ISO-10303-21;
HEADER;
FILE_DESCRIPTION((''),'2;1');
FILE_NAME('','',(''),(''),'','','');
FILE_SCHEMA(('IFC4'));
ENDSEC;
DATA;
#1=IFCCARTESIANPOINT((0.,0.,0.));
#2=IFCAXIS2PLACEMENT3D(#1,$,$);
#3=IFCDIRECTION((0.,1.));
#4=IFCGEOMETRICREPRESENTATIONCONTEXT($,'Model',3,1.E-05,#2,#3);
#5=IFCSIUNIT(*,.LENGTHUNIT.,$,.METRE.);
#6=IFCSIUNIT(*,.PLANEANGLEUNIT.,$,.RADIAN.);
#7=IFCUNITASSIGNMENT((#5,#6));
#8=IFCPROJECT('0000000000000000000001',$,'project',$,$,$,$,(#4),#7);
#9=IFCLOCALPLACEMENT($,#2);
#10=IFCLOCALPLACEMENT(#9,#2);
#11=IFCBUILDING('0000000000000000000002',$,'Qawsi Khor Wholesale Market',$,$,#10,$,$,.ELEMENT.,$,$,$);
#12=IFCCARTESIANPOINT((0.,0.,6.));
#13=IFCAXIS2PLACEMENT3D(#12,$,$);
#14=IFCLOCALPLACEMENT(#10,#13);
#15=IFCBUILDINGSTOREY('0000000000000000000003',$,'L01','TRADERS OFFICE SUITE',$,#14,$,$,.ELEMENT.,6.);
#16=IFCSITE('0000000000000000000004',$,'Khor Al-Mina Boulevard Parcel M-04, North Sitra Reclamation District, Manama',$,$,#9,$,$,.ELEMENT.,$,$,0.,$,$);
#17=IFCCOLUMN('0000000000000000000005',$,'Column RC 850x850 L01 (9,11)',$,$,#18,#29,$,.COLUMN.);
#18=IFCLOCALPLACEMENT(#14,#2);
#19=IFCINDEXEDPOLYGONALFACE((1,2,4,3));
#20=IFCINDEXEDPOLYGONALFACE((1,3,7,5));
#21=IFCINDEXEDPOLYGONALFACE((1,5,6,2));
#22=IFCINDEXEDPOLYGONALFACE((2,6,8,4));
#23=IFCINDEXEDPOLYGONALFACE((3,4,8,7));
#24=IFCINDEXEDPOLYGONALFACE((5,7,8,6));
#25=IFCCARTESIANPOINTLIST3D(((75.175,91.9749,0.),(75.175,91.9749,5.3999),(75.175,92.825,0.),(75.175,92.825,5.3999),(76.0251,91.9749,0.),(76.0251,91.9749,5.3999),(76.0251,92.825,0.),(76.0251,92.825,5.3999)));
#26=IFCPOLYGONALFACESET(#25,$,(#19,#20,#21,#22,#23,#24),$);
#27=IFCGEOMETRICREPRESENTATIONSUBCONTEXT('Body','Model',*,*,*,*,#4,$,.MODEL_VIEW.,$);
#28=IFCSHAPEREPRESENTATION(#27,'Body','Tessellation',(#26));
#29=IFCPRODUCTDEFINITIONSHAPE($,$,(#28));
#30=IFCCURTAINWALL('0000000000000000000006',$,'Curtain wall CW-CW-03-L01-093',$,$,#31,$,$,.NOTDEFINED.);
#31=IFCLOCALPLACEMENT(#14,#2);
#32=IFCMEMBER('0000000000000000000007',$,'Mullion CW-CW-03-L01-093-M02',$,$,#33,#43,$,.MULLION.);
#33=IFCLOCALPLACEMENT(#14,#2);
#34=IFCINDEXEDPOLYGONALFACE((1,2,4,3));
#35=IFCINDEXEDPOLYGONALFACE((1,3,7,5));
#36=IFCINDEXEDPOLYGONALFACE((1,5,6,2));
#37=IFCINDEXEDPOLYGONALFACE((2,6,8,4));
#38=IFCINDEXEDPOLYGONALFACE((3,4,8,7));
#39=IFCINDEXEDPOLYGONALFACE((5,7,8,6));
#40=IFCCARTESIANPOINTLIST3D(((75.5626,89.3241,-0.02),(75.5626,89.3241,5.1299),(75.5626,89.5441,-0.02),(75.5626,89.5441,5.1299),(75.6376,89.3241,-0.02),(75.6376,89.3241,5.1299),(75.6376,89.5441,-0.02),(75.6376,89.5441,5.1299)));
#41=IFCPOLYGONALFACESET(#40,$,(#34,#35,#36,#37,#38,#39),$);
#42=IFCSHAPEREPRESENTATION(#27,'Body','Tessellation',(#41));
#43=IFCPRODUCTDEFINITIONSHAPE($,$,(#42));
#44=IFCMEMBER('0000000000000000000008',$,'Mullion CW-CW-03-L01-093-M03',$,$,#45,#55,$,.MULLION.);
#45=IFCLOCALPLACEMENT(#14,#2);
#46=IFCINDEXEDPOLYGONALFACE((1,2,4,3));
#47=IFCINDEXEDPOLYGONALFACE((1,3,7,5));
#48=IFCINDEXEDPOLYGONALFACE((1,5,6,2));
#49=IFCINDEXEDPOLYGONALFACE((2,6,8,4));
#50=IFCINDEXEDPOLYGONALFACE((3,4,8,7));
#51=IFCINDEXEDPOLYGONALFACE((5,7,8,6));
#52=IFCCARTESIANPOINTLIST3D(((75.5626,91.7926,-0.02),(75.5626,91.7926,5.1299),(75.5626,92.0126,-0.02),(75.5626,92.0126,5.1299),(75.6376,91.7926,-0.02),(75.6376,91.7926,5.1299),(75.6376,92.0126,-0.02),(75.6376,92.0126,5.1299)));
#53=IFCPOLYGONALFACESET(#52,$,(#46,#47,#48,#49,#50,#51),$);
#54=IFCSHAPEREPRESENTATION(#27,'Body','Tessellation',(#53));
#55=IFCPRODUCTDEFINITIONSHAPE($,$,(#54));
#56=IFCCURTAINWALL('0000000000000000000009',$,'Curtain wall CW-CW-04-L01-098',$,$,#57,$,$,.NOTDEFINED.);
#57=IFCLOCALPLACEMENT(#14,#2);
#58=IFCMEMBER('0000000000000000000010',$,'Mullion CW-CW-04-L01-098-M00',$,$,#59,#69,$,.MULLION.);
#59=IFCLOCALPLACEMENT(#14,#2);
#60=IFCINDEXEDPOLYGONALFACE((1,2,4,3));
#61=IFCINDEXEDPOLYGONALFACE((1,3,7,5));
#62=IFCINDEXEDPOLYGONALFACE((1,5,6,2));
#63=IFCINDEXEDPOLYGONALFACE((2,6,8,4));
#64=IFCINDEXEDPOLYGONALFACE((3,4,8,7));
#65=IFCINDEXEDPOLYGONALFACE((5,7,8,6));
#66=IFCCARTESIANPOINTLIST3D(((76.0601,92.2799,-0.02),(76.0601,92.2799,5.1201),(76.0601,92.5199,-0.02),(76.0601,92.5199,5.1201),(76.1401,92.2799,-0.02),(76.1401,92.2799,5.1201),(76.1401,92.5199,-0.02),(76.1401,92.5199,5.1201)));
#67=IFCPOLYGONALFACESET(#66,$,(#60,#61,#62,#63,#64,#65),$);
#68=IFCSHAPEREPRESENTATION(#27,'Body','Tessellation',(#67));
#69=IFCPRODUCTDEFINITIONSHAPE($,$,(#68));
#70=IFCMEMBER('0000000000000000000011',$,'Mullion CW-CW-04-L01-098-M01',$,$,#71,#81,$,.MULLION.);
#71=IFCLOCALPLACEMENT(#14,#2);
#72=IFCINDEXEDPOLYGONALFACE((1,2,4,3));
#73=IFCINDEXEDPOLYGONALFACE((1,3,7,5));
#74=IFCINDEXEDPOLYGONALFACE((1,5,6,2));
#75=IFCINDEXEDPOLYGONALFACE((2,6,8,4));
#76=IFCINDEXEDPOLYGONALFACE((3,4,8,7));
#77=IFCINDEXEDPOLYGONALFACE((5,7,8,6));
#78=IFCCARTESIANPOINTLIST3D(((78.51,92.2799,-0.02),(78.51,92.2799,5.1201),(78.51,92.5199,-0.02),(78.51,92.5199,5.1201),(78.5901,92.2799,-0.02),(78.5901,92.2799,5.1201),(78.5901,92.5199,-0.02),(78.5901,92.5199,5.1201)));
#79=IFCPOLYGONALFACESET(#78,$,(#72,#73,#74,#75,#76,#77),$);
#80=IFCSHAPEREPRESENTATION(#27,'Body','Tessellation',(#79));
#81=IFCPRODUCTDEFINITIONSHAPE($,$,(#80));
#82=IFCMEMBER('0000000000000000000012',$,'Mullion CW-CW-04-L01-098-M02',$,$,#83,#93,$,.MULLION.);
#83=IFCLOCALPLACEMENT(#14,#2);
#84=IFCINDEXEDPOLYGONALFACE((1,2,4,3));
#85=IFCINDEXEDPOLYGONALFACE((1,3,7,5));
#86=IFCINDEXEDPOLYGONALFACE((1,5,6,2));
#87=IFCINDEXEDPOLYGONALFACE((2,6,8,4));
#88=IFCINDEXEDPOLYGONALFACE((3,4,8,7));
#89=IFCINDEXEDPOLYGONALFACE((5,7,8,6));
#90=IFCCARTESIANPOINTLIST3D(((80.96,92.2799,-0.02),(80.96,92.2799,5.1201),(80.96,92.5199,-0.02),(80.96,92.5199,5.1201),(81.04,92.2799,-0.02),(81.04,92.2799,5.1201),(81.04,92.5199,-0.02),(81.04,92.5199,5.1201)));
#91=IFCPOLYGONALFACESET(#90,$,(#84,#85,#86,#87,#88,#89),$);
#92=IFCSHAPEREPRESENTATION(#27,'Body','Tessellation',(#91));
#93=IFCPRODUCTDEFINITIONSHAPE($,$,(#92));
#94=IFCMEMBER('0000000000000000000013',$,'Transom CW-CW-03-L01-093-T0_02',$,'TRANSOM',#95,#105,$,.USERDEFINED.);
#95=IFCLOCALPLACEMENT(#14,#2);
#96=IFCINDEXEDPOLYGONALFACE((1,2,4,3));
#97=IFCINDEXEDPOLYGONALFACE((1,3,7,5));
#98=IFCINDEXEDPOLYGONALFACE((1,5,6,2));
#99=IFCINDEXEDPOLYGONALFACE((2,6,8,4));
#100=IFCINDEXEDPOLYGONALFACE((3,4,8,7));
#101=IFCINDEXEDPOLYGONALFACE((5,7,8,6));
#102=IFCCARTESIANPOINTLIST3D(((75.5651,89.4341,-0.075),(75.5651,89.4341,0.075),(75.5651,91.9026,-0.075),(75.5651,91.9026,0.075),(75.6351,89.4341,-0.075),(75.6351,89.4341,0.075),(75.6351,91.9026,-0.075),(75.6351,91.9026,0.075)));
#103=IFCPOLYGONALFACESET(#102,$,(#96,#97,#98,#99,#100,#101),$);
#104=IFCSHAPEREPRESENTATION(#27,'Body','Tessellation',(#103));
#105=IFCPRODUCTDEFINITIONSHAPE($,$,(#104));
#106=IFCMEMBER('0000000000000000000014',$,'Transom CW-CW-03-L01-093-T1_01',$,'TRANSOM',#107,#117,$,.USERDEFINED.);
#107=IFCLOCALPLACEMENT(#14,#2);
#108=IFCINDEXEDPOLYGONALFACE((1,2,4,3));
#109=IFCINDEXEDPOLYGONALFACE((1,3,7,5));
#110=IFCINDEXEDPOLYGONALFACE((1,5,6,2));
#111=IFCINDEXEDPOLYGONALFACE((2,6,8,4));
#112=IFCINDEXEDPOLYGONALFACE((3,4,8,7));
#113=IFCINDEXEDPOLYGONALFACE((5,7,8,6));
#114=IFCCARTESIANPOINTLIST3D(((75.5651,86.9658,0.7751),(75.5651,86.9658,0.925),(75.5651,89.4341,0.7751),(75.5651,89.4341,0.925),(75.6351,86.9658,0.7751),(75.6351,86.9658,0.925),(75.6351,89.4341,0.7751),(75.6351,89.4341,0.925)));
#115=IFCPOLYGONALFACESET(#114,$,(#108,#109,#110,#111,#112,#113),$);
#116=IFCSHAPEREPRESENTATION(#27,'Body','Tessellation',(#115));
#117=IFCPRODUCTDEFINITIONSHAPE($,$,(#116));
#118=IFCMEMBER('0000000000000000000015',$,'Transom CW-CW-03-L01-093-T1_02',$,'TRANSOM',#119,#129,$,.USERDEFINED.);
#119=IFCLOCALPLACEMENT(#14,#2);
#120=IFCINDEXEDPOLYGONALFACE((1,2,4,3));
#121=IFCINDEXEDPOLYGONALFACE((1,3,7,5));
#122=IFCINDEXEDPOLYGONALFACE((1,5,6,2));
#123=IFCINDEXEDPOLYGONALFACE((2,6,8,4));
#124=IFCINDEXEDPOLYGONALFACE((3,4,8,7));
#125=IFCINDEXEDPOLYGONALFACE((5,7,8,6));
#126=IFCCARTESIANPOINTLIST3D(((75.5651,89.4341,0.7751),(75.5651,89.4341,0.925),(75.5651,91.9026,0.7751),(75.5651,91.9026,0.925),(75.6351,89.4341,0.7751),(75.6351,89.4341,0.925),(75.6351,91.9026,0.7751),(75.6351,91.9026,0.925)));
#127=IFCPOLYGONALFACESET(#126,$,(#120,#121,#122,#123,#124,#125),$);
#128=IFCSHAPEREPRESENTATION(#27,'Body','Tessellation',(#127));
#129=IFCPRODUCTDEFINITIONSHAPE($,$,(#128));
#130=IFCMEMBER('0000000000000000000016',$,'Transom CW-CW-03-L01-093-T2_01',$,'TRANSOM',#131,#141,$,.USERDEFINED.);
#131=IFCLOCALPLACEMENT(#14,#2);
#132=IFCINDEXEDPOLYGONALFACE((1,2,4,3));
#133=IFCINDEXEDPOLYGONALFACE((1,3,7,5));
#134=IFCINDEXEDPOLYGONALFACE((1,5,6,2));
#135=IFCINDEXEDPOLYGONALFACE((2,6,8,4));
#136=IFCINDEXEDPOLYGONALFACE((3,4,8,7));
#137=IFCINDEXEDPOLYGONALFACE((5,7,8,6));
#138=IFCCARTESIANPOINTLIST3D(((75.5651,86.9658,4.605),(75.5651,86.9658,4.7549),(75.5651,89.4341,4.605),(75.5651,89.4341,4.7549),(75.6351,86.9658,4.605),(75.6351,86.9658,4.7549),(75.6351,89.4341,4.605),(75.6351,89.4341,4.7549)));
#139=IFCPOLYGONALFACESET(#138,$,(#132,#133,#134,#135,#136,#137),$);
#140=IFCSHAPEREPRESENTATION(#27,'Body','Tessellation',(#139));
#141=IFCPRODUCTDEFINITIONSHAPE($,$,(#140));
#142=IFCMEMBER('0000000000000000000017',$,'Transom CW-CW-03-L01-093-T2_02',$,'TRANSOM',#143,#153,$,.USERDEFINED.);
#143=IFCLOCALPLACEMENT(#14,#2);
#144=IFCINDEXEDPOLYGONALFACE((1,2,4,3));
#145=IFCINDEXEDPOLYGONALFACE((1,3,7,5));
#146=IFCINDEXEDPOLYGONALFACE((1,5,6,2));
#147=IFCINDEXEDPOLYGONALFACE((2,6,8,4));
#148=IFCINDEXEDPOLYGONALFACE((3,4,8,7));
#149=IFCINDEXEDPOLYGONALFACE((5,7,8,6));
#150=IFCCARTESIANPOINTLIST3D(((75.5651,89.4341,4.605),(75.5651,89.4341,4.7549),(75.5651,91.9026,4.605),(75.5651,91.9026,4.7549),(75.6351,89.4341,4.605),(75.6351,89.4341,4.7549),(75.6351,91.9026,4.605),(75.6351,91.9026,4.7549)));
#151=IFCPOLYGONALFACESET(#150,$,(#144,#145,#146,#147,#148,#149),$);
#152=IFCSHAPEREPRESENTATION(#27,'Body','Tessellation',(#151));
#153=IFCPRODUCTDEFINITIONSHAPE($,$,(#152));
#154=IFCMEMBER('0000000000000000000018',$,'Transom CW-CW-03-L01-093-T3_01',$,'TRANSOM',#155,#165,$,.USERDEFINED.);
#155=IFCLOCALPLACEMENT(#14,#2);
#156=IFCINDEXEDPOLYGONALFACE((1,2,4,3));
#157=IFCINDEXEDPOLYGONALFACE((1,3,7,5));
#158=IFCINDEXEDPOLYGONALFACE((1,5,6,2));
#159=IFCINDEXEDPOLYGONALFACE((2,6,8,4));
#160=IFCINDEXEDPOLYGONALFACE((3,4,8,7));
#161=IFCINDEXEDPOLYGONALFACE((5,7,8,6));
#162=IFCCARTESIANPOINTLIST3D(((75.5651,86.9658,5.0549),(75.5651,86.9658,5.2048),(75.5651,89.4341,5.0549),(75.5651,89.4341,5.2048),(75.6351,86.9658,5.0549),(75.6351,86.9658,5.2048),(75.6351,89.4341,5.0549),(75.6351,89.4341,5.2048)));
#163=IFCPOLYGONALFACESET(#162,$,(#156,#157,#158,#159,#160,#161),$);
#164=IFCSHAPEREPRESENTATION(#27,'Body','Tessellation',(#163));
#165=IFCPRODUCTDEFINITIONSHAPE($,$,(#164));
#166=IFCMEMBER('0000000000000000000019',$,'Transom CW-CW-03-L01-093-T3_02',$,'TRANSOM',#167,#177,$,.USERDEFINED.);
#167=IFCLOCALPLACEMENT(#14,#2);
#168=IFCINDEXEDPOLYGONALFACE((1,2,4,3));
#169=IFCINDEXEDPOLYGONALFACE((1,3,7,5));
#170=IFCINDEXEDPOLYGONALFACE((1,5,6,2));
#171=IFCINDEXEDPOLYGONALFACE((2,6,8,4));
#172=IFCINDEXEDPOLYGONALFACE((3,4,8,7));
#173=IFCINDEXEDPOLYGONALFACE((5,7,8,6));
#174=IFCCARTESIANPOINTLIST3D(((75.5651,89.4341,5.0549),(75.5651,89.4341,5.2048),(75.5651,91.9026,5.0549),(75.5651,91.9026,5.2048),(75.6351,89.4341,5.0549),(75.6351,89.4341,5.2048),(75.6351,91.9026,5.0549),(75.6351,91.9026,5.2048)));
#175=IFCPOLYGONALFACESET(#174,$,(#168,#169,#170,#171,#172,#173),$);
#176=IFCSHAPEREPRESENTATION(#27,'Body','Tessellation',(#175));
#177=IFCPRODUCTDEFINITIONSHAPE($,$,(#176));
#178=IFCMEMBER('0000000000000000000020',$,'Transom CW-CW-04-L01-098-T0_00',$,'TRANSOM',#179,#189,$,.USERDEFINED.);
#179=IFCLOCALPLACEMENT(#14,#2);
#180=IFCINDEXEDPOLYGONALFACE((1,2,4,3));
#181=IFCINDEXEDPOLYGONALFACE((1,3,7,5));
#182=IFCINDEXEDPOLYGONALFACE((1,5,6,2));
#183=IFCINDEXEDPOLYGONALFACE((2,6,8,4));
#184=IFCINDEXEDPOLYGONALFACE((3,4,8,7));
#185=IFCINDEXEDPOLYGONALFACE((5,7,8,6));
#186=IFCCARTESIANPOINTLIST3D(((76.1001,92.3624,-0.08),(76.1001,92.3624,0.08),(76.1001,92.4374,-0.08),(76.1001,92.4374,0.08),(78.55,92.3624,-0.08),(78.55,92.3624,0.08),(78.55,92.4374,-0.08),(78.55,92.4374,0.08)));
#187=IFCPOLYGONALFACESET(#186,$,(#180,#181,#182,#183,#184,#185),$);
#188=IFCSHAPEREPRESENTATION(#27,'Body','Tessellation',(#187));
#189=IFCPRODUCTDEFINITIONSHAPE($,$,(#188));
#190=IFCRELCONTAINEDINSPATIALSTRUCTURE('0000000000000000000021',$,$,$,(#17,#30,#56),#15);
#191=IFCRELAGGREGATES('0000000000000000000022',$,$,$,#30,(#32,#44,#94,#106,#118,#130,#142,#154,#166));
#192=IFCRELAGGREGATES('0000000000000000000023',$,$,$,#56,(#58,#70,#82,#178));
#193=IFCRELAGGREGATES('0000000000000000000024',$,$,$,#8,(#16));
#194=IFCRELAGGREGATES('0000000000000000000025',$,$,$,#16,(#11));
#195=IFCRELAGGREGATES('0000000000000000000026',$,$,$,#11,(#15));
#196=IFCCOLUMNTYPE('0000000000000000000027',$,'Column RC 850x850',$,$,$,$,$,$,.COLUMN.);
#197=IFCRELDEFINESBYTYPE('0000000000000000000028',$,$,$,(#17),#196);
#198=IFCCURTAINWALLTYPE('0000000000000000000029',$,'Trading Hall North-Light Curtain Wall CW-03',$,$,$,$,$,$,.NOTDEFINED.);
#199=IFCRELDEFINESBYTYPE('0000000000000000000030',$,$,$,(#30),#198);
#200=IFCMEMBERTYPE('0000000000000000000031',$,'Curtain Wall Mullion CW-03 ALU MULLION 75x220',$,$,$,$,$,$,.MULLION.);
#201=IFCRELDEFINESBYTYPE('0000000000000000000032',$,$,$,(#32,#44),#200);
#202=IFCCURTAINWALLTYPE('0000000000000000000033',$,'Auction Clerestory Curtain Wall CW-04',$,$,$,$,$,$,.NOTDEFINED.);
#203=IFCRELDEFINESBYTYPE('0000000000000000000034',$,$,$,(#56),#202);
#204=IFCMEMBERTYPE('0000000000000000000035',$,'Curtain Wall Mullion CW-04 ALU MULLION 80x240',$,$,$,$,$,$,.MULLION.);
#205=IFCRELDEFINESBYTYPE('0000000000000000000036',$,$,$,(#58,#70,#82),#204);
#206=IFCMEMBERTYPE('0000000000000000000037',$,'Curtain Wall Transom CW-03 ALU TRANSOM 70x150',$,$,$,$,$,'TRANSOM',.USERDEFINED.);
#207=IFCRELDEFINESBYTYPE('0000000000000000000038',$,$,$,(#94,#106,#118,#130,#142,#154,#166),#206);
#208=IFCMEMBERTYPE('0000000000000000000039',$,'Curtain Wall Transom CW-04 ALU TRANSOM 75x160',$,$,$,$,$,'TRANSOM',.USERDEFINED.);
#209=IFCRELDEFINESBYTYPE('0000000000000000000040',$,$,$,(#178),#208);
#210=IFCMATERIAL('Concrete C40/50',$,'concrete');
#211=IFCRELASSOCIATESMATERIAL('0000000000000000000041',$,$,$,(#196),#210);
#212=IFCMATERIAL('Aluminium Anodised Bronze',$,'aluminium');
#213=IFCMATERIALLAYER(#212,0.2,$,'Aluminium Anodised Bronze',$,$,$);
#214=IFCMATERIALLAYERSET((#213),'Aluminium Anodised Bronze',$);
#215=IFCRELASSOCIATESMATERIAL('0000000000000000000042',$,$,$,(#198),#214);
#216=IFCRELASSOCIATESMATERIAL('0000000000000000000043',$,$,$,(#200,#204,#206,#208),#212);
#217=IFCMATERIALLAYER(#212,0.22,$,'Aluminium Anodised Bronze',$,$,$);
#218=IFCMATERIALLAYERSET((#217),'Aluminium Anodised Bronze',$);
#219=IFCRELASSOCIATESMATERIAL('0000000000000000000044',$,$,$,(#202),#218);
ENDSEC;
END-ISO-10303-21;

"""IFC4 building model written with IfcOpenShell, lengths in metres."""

from ifc_helpers import new_model, si_unit, direction, frame, origin, origin_2d, place, context, subcontext, project, spatial, rectangle, extrude, material, layer, layer_set, material_profile, profile_set, type_object, element, aggregate, save


model = new_model("IFC4")

# Units and contexts
model_context = context("Model", 3, precision=1e-05, world=origin(), true_north=direction((0.0, 1.0)))
body_context = subcontext(model_context, "Body", "Model", "MODEL_VIEW")
ifc_project = project(units=[si_unit("LENGTHUNIT", "METRE"), si_unit("PLANEANGLEUNIT", "RADIAN")], contexts=[model_context])

# Site, building, storey
site_placement = place(None, origin())
site = spatial("IfcSite", under=ifc_project, at=site_placement, Name="Khor Al-Mina Boulevard Parcel M-04, North Sitra Reclamation District, Manama", CompositionType="ELEMENT", RefElevation=0.0)
building_placement = place(site_placement, origin())
building = spatial("IfcBuilding", under=site, at=building_placement, Name="Qawsi Khor Wholesale Market", CompositionType="ELEMENT")
storey_placement = place(building_placement, frame((0.0, 0.0, 6.0)))
storey = spatial("IfcBuildingStorey", under=building, at=storey_placement, Name="L01", Description="TRADERS OFFICE SUITE", CompositionType="ELEMENT", Elevation=6.0)

# Column
ifc_material_1 = material(Name="Concrete C40/50", Category="concrete")
ifc_material_profile_1 = material_profile(ifc_material_1, rectangle(XDim=0.8501, YDim=0.8501, at=origin_2d()), Name="RC 850x850")
ifc_profile_set_1 = profile_set([ifc_material_profile_1], Name="Concrete C40/50")
column_type = type_object("IfcColumnType", Name="Column RC 850x850", PredefinedType="COLUMN", material=ifc_profile_set_1)
column_placement = place(storey_placement, frame((75.6001, 92.3999, 0.0), z_axis=(0.0, 0.0, 1.0), x_axis=(1.0, 0.0, 0.0)))
element("IfcColumn", 1, at=column_placement, inside=storey, type_object=column_type, Name="Column RC 850x850 L01 (9,11)", PredefinedType="COLUMN", context=body_context, shape_type="SweptSolid", body=[
    extrude(rectangle(XDim=0.8501, YDim=0.8501, at=origin_2d()), origin(), (0.0, 0.0, 1.0), 5.3999),
])

# Curtain walls, members
ifc_material_2 = material(Name="Aluminium Anodised Bronze", Category="aluminium")
ifc_layer_1 = layer(ifc_material_2, 0.2, Name="Aluminium Anodised Bronze")
ifc_layer_set_1 = layer_set([ifc_layer_1], Name="Aluminium Anodised Bronze")
curtain_wall_type_1 = type_object("IfcCurtainWallType", Name="Trading Hall North-Light Curtain Wall CW-03", PredefinedType="NOTDEFINED", material=ifc_layer_set_1)
curtain_wall_1_placement = place(storey_placement, origin())
curtain_wall_1 = element("IfcCurtainWall", 2, at=curtain_wall_1_placement, inside=storey, type_object=curtain_wall_type_1, Name="Curtain wall CW-CW-03-L01-093", PredefinedType="NOTDEFINED")
ifc_material_profile_2 = material_profile(ifc_material_2, rectangle(XDim=0.075, YDim=0.22, at=origin_2d()), Name="ALU MULLION 75x220")
ifc_profile_set_2 = profile_set([ifc_material_profile_2], Name="Aluminium Anodised Bronze")
member_type_1 = type_object("IfcMemberType", Name="Curtain Wall Mullion CW-03 ALU MULLION 75x220", PredefinedType="MULLION", material=ifc_profile_set_2)
member_1_placement = place(storey_placement, frame((75.6001, 89.4341, -0.02), z_axis=(0.0, 0.0, 1.0), x_axis=(1.0, 0.0, 0.0)))
member_1 = element("IfcMember", 3, at=member_1_placement, type_object=member_type_1, Name="Mullion CW-CW-03-L01-093-M02", PredefinedType="MULLION", context=body_context, shape_type="SweptSolid", body=[
    extrude(rectangle(XDim=0.075, YDim=0.22, at=origin_2d()), origin(), (0.0, 0.0, 1.0), 5.1499),
])
member_2_placement = place(storey_placement, frame((75.6001, 91.9026, -0.02), z_axis=(0.0, 0.0, 1.0), x_axis=(1.0, 0.0, 0.0)))
member_2 = element("IfcMember", 4, at=member_2_placement, type_object=member_type_1, Name="Mullion CW-CW-03-L01-093-M03", PredefinedType="MULLION", context=body_context, shape_type="SweptSolid", body=[
    extrude(rectangle(XDim=0.075, YDim=0.22, at=origin_2d()), origin(), (0.0, 0.0, 1.0), 5.1499),
])
ifc_layer_2 = layer(ifc_material_2, 0.22, Name="Aluminium Anodised Bronze")
ifc_layer_set_2 = layer_set([ifc_layer_2], Name="Aluminium Anodised Bronze")
curtain_wall_type_2 = type_object("IfcCurtainWallType", Name="Auction Clerestory Curtain Wall CW-04", PredefinedType="NOTDEFINED", material=ifc_layer_set_2)
curtain_wall_2_placement = place(storey_placement, origin())
curtain_wall_2 = element("IfcCurtainWall", 5, at=curtain_wall_2_placement, inside=storey, type_object=curtain_wall_type_2, Name="Curtain wall CW-CW-04-L01-098", PredefinedType="NOTDEFINED")
ifc_material_profile_3 = material_profile(ifc_material_2, rectangle(XDim=0.0801, YDim=0.24, at=origin_2d()), Name="ALU MULLION 80x240")
ifc_profile_set_3 = profile_set([ifc_material_profile_3], Name="Aluminium Anodised Bronze")
member_type_2 = type_object("IfcMemberType", Name="Curtain Wall Mullion CW-04 ALU MULLION 80x240", PredefinedType="MULLION", material=ifc_profile_set_3)
member_3_placement = place(storey_placement, frame((76.1001, 92.3999, -0.02), z_axis=(0.0, 0.0, 1.0), x_axis=(1.0, 0.0, 0.0)))
member_3 = element("IfcMember", 6, at=member_3_placement, type_object=member_type_2, Name="Mullion CW-CW-04-L01-098-M00", PredefinedType="MULLION", context=body_context, shape_type="SweptSolid", body=[
    extrude(rectangle(XDim=0.0801, YDim=0.24, at=origin_2d()), origin(), (0.0, 0.0, 1.0), 5.1401),
])
member_4_placement = place(storey_placement, frame((78.55, 92.3999, -0.02), z_axis=(0.0, 0.0, 1.0), x_axis=(1.0, 0.0, 0.0)))
member_4 = element("IfcMember", 7, at=member_4_placement, type_object=member_type_2, Name="Mullion CW-CW-04-L01-098-M01", PredefinedType="MULLION", context=body_context, shape_type="SweptSolid", body=[
    extrude(rectangle(XDim=0.0801, YDim=0.24, at=origin_2d()), origin(), (0.0, 0.0, 1.0), 5.1401),
])
member_5_placement = place(storey_placement, frame((81.0, 92.3999, -0.02), z_axis=(0.0, 0.0, 1.0), x_axis=(1.0, 0.0, 0.0)))
member_5 = element("IfcMember", 8, at=member_5_placement, type_object=member_type_2, Name="Mullion CW-CW-04-L01-098-M02", PredefinedType="MULLION", context=body_context, shape_type="SweptSolid", body=[
    extrude(rectangle(XDim=0.0801, YDim=0.24, at=origin_2d()), origin(), (0.0, 0.0, 1.0), 5.1401),
])

# Members
ifc_material_profile_4 = material_profile(ifc_material_2, rectangle(XDim=0.0701, YDim=0.1499, at=origin_2d()), Name="ALU TRANSOM 70x150")
ifc_profile_set_4 = profile_set([ifc_material_profile_4], Name="Aluminium Anodised Bronze")
member_type_3 = type_object("IfcMemberType", Name="Curtain Wall Transom CW-03 ALU TRANSOM 70x150", ElementType="TRANSOM", PredefinedType="USERDEFINED", material=ifc_profile_set_4)
member_6_placement = place(storey_placement, frame((75.6001, 89.4341, 0.0), z_axis=(0.0, 1.0, 0.0), x_axis=(-1.0, 0.0, 0.0)))
member_6 = element("IfcMember", 9, at=member_6_placement, type_object=member_type_3, Name="Transom CW-CW-03-L01-093-T0_02", ObjectType="TRANSOM", PredefinedType="USERDEFINED", context=body_context, shape_type="SweptSolid", body=[
    extrude(rectangle(XDim=0.0701, YDim=0.1499, at=origin_2d()), origin(), (0.0, 0.0, 1.0), 2.4685),
])
member_7_placement = place(storey_placement, frame((75.6001, 86.9658, 0.8501), z_axis=(0.0, 1.0, 0.0), x_axis=(-1.0, 0.0, 0.0)))
member_7 = element("IfcMember", 10, at=member_7_placement, type_object=member_type_3, Name="Transom CW-CW-03-L01-093-T1_01", ObjectType="TRANSOM", PredefinedType="USERDEFINED", context=body_context, shape_type="SweptSolid", body=[
    extrude(rectangle(XDim=0.0701, YDim=0.1499, at=origin_2d()), origin(), (0.0, 0.0, 1.0), 2.4683),
])
member_8_placement = place(storey_placement, frame((75.6001, 89.4341, 0.8501), z_axis=(0.0, 1.0, 0.0), x_axis=(-1.0, 0.0, 0.0)))
member_8 = element("IfcMember", 11, at=member_8_placement, type_object=member_type_3, Name="Transom CW-CW-03-L01-093-T1_02", ObjectType="TRANSOM", PredefinedType="USERDEFINED", context=body_context, shape_type="SweptSolid", body=[
    extrude(rectangle(XDim=0.0701, YDim=0.1499, at=origin_2d()), origin(), (0.0, 0.0, 1.0), 2.4685),
])
member_9_placement = place(storey_placement, frame((75.6001, 86.9658, 4.6799), z_axis=(0.0, 1.0, 0.0), x_axis=(-1.0, 0.0, 0.0)))
member_9 = element("IfcMember", 12, at=member_9_placement, type_object=member_type_3, Name="Transom CW-CW-03-L01-093-T2_01", ObjectType="TRANSOM", PredefinedType="USERDEFINED", context=body_context, shape_type="SweptSolid", body=[
    extrude(rectangle(XDim=0.0701, YDim=0.1499, at=origin_2d()), origin(), (0.0, 0.0, 1.0), 2.4683),
])
member_10_placement = place(storey_placement, frame((75.6001, 89.4341, 4.6799), z_axis=(0.0, 1.0, 0.0), x_axis=(-1.0, 0.0, 0.0)))
member_10 = element("IfcMember", 13, at=member_10_placement, type_object=member_type_3, Name="Transom CW-CW-03-L01-093-T2_02", ObjectType="TRANSOM", PredefinedType="USERDEFINED", context=body_context, shape_type="SweptSolid", body=[
    extrude(rectangle(XDim=0.0701, YDim=0.1499, at=origin_2d()), origin(), (0.0, 0.0, 1.0), 2.4685),
])
member_11_placement = place(storey_placement, frame((75.6001, 86.9658, 5.1299), z_axis=(0.0, 1.0, 0.0), x_axis=(-1.0, 0.0, 0.0)))
member_11 = element("IfcMember", 14, at=member_11_placement, type_object=member_type_3, Name="Transom CW-CW-03-L01-093-T3_01", ObjectType="TRANSOM", PredefinedType="USERDEFINED", context=body_context, shape_type="SweptSolid", body=[
    extrude(rectangle(XDim=0.0701, YDim=0.1499, at=origin_2d()), origin(), (0.0, 0.0, 1.0), 2.4683),
])
member_12_placement = place(storey_placement, frame((75.6001, 89.4341, 5.1299), z_axis=(0.0, 1.0, 0.0), x_axis=(-1.0, 0.0, 0.0)))
member_12 = element("IfcMember", 15, at=member_12_placement, type_object=member_type_3, Name="Transom CW-CW-03-L01-093-T3_02", ObjectType="TRANSOM", PredefinedType="USERDEFINED", context=body_context, shape_type="SweptSolid", body=[
    extrude(rectangle(XDim=0.0701, YDim=0.1499, at=origin_2d()), origin(), (0.0, 0.0, 1.0), 2.4685),
])
ifc_material_profile_5 = material_profile(ifc_material_2, rectangle(XDim=0.075, YDim=0.1599, at=origin_2d()), Name="ALU TRANSOM 75x160")
ifc_profile_set_5 = profile_set([ifc_material_profile_5], Name="Aluminium Anodised Bronze")
member_type_4 = type_object("IfcMemberType", Name="Curtain Wall Transom CW-04 ALU TRANSOM 75x160", ElementType="TRANSOM", PredefinedType="USERDEFINED", material=ifc_profile_set_5)
member_13_placement = place(storey_placement, frame((76.1001, 92.3999, 0.0), z_axis=(1.0, 0.0, 0.0), x_axis=(0.0, 1.0, 0.0)))
member_13 = element("IfcMember", 16, at=member_13_placement, type_object=member_type_4, Name="Transom CW-CW-04-L01-098-T0_00", ObjectType="TRANSOM", PredefinedType="USERDEFINED", context=body_context, shape_type="SweptSolid", body=[
    extrude(rectangle(XDim=0.075, YDim=0.1599, at=origin_2d()), origin(), (0.0, 0.0, 1.0), 2.45),
])

aggregate(curtain_wall_1, [member_1, member_2, member_6, member_7, member_8, member_9, member_10, member_11, member_12])
aggregate(curtain_wall_2, [member_3, member_4, member_5, member_13])

save(model, "model.ifc")
